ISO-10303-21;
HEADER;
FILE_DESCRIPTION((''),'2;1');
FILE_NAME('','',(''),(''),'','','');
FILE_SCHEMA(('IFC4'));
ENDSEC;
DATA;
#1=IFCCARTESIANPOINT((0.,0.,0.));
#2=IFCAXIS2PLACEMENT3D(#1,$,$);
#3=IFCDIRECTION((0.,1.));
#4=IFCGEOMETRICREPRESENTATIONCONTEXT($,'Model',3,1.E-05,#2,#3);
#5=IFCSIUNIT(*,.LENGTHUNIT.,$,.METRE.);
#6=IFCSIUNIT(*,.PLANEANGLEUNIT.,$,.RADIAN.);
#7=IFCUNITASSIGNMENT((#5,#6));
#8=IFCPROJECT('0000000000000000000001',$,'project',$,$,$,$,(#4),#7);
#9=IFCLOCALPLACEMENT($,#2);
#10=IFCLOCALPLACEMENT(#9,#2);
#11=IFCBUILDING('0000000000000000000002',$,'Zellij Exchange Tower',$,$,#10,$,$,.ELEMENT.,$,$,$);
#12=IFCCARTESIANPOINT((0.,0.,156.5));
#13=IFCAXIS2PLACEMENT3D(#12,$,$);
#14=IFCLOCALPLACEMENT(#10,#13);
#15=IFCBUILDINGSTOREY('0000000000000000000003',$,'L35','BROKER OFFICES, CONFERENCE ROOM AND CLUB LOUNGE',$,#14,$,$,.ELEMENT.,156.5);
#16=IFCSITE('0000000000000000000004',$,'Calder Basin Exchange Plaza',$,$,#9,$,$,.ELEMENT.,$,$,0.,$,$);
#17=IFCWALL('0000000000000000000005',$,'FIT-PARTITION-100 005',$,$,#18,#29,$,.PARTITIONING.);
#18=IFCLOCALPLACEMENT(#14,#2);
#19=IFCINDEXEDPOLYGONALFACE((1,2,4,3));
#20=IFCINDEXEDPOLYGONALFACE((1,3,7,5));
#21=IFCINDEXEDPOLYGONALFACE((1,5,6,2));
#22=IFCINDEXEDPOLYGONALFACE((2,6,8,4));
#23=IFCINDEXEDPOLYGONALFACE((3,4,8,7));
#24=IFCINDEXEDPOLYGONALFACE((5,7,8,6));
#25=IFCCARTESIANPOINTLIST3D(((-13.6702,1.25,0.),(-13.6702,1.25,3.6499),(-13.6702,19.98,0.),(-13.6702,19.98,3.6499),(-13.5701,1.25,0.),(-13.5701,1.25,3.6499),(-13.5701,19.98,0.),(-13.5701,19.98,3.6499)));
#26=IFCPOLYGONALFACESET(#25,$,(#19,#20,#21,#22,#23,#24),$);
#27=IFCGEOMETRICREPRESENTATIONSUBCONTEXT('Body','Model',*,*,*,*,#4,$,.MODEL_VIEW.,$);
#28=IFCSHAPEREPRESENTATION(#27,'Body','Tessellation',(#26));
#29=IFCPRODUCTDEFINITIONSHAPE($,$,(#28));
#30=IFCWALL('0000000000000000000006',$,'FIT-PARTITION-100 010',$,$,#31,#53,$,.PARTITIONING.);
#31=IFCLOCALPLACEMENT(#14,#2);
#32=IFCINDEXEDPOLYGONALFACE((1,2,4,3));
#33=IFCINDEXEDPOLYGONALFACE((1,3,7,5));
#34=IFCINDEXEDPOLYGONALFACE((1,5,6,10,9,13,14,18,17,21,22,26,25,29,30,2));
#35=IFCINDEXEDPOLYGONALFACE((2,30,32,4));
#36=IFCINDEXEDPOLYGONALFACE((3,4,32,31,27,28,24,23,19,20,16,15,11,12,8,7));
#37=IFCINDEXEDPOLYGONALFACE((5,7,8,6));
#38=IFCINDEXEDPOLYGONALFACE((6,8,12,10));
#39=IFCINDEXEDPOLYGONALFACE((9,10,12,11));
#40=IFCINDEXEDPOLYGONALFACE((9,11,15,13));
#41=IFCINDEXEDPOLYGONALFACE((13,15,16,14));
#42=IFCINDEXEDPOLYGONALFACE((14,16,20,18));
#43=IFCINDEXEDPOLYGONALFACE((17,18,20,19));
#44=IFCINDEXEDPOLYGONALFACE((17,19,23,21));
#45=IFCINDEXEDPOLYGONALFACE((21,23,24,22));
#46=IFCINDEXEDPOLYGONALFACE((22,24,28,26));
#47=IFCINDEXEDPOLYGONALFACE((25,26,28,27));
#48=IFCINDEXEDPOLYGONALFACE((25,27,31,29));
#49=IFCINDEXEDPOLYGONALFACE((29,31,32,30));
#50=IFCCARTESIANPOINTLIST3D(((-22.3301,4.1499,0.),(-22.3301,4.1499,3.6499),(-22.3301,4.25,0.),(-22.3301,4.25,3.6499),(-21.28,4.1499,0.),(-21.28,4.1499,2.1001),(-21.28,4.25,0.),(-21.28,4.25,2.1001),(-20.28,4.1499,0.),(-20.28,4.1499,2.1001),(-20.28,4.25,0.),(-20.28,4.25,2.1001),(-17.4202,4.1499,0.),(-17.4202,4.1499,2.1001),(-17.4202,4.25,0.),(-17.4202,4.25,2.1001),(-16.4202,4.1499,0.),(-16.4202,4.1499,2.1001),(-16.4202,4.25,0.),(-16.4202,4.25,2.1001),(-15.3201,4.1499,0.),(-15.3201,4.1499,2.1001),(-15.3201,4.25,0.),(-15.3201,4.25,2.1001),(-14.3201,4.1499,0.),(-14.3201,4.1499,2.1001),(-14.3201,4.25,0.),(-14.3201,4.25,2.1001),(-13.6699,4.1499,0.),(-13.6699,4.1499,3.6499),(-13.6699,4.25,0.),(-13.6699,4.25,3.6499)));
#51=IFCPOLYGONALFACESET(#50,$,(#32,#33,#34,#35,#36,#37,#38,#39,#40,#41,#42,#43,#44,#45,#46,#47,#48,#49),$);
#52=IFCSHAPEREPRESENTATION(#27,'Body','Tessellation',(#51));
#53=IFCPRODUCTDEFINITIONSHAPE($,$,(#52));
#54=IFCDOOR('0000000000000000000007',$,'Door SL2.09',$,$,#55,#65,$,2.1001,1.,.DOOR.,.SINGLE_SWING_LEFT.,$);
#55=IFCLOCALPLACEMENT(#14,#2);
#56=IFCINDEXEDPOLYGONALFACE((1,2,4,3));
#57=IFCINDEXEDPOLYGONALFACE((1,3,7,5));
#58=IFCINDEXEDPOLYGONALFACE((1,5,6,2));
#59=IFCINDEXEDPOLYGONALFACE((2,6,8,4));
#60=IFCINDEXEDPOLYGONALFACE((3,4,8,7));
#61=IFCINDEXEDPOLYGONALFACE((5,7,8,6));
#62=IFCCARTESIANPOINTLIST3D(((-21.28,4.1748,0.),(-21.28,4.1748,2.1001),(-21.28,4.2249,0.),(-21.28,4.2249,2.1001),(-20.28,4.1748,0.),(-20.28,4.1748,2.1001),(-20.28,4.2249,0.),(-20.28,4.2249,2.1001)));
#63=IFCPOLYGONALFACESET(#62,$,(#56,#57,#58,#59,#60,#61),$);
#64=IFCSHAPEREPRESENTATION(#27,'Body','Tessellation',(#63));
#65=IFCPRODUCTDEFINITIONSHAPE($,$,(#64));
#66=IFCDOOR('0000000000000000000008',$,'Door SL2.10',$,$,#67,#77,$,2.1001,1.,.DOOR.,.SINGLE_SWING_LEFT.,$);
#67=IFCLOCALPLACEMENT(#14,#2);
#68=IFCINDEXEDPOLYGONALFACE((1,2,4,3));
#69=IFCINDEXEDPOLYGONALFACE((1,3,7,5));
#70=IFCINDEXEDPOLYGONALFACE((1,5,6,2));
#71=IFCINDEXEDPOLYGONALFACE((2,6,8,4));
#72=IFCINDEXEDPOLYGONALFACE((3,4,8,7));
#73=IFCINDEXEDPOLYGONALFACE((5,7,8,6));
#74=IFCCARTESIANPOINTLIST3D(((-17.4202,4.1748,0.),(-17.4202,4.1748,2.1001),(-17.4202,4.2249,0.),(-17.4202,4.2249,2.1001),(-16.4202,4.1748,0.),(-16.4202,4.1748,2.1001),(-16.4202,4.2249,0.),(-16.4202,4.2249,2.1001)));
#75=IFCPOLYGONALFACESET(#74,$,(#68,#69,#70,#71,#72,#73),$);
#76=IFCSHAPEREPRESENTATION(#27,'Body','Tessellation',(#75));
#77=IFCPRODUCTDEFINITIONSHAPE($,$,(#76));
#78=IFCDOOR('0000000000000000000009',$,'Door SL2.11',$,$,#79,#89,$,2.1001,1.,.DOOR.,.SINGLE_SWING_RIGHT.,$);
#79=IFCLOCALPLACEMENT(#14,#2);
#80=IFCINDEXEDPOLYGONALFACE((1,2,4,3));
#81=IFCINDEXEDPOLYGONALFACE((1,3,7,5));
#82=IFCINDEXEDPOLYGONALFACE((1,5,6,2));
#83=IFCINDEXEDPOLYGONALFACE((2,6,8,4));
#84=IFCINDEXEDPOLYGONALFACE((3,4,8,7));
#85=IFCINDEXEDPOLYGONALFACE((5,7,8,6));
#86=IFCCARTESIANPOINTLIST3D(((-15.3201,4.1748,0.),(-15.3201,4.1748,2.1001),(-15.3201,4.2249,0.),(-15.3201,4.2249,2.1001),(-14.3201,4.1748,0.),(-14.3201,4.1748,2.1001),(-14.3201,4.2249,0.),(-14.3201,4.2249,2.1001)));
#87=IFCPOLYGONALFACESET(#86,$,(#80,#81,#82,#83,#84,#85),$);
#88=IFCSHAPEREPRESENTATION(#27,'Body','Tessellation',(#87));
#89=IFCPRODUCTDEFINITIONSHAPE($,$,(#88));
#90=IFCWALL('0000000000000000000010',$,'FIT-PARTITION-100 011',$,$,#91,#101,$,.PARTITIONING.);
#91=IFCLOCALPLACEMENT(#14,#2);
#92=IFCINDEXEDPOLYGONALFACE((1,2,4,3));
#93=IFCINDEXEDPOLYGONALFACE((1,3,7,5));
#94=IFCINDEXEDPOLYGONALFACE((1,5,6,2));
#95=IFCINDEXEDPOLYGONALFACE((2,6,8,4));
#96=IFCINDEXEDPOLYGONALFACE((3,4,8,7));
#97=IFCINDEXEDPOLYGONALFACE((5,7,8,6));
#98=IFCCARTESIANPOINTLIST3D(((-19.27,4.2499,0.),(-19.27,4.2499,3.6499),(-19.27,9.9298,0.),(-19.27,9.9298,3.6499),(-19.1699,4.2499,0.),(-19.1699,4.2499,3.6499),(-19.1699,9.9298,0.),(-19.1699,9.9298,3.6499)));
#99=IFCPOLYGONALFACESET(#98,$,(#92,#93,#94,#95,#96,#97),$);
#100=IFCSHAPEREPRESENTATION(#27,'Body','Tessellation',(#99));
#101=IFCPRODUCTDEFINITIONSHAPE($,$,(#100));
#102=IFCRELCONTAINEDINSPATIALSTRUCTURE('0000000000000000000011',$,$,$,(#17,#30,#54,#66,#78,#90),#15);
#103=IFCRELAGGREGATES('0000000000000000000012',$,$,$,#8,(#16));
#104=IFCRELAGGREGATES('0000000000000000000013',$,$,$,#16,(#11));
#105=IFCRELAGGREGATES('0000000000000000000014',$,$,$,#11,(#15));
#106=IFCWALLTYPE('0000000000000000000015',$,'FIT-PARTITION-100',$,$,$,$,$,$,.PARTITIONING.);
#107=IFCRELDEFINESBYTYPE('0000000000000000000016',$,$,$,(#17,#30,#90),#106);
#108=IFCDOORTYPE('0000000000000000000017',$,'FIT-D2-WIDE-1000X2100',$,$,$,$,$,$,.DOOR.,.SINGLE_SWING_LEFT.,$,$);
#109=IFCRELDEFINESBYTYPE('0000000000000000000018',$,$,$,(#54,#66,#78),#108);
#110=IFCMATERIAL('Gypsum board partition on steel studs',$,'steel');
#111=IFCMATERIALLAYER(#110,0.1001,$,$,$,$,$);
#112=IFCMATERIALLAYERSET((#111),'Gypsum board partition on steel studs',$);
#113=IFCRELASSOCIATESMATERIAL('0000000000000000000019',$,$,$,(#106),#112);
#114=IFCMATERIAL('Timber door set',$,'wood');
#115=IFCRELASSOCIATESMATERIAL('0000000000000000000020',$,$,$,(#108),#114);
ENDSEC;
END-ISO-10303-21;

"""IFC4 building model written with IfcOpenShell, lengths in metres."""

from ifc_helpers import new_model, si_unit, direction, frame, frame_2d, origin, place, context, subcontext, project, spatial, rectangle, extrude, material, layer, layer_set, type_object, element, fill, save


model = new_model("IFC4")

# Units and contexts
model_context = context("Model", 3, precision=1e-05, world=origin(), true_north=direction((0.0, 1.0)))
body_context = subcontext(model_context, "Body", "Model", "MODEL_VIEW")
ifc_project = project(units=[si_unit("LENGTHUNIT", "METRE"), si_unit("PLANEANGLEUNIT", "RADIAN")], contexts=[model_context])

# Site, building, storey
site_placement = place(None, origin())
site = spatial("IfcSite", under=ifc_project, at=site_placement, Name="Calder Basin Exchange Plaza", CompositionType="ELEMENT", RefElevation=0.0)
building_placement = place(site_placement, origin())
building = spatial("IfcBuilding", under=site, at=building_placement, Name="Zellij Exchange Tower", CompositionType="ELEMENT")
storey_placement = place(building_placement, frame((0.0, 0.0, 156.5)))
storey = spatial("IfcBuildingStorey", under=building, at=storey_placement, Name="L35", Description="BROKER OFFICES, CONFERENCE ROOM AND CLUB LOUNGE", CompositionType="ELEMENT", Elevation=156.5)

# Shared definitions
ifc_material_1 = material(Name="Gypsum board partition on steel studs", Category="steel")
ifc_layer_1 = layer(ifc_material_1, 0.1001)
ifc_layer_set_1 = layer_set([ifc_layer_1], Name="Gypsum board partition on steel studs")
wall_type_1 = type_object("IfcWallType", Name="FIT-PARTITION-100", PredefinedType="PARTITIONING", material=ifc_layer_set_1)
ifc_material_2 = material(Name="Timber door set", Category="wood")
door_type_1 = type_object("IfcDoorType", Name="FIT-D2-WIDE-1000X2100", OperationType="SINGLE_SWING_LEFT", PredefinedType="DOOR", material=ifc_material_2)

# Wall
wall_1_placement = place(storey_placement, frame((-13.6201, 1.25, 0.0), z_axis=(0.0, 0.0, 1.0), x_axis=(0.0, 1.0, 0.0)))
element("IfcWall", 1, at=wall_1_placement, inside=storey, type_object=wall_type_1, Name="FIT-PARTITION-100 005", PredefinedType="PARTITIONING", context=body_context, shape_type="SweptSolid", body=[
    extrude(rectangle(XDim=18.73, YDim=0.1001, at=frame_2d((9.365, 0.0))), origin(), (0.0, 0.0, 1.0), 3.6499),
])

# Wall, openings, doors
wall_2_placement = place(storey_placement, frame((-22.3301, 4.2, 0.0), z_axis=(0.0, 0.0, 1.0), x_axis=(1.0, 0.0, 0.0)))
wall_2 = element("IfcWall", 2, at=wall_2_placement, inside=storey, type_object=wall_type_1, Name="FIT-PARTITION-100 010", PredefinedType="PARTITIONING", context=body_context, shape_type="SweptSolid", body=[
    extrude(rectangle(XDim=8.6602, YDim=0.1001, at=frame_2d((4.3301, 0.0))), origin(), (0.0, 0.0, 1.0), 3.6499),
])
opening_1_placement = place(wall_2_placement, frame((1.05, 0.0, 0.0)))
opening_1 = element("IfcOpeningElement", 3, at=opening_1_placement, cuts=wall_2, PredefinedType="OPENING", context=body_context, shape_type="SweptSolid", body=[
    extrude(rectangle(XDim=1.0, YDim=2.1001, at=frame_2d((0.5, 1.05))), frame((0.0, 0.062, 0.0), z_axis=(0.0, -1.0, 0.0), x_axis=(1.0, 0.0, 0.0)), (0.0, 0.0, 1.0), 0.124),
])
opening_2_placement = place(wall_2_placement, frame((4.9099, 0.0, 0.0)))
opening_2 = element("IfcOpeningElement", 4, at=opening_2_placement, cuts=wall_2, PredefinedType="OPENING", context=body_context, shape_type="SweptSolid", body=[
    extrude(rectangle(XDim=1.0, YDim=2.1001, at=frame_2d((0.5, 1.05))), frame((0.0, 0.062, 0.0), z_axis=(0.0, -1.0, 0.0), x_axis=(1.0, 0.0, 0.0)), (0.0, 0.0, 1.0), 0.124),
])
opening_3_placement = place(wall_2_placement, frame((7.01, 0.0, 0.0)))
opening_3 = element("IfcOpeningElement", 5, at=opening_3_placement, cuts=wall_2, PredefinedType="OPENING", context=body_context, shape_type="SweptSolid", body=[
    extrude(rectangle(XDim=1.0, YDim=2.1001, at=frame_2d((0.5, 1.05))), frame((0.0, 0.062, 0.0), z_axis=(0.0, -1.0, 0.0), x_axis=(1.0, 0.0, 0.0)), (0.0, 0.0, 1.0), 0.124),
])
door_1_placement = place(opening_1_placement, origin())
door_1 = element("IfcDoor", 6, at=door_1_placement, inside=storey, type_object=door_type_1, Name="Door SL2.09", OperationType="SINGLE_SWING_LEFT", OverallHeight=2.1001, OverallWidth=1.0, PredefinedType="DOOR", context=body_context, shape_type="SweptSolid", body=[
    extrude(rectangle(XDim=1.0, YDim=2.1001, at=frame_2d((0.5, 1.05))), frame((0.0, 0.0249, 0.0), z_axis=(0.0, -1.0, 0.0), x_axis=(1.0, 0.0, 0.0)), (0.0, 0.0, 1.0), 0.05),
])
fill(opening_1, door_1)
door_2_placement = place(opening_2_placement, origin())
door_2 = element("IfcDoor", 7, at=door_2_placement, inside=storey, type_object=door_type_1, Name="Door SL2.10", OperationType="SINGLE_SWING_LEFT", OverallHeight=2.1001, OverallWidth=1.0, PredefinedType="DOOR", context=body_context, shape_type="SweptSolid", body=[
    extrude(rectangle(XDim=1.0, YDim=2.1001, at=frame_2d((0.5, 1.05))), frame((0.0, 0.0249, 0.0), z_axis=(0.0, -1.0, 0.0), x_axis=(1.0, 0.0, 0.0)), (0.0, 0.0, 1.0), 0.05),
])
fill(opening_2, door_2)
door_3_placement = place(opening_3_placement, origin())
door_3 = element("IfcDoor", 8, at=door_3_placement, inside=storey, type_object=door_type_1, Name="Door SL2.11", OperationType="SINGLE_SWING_RIGHT", OverallHeight=2.1001, OverallWidth=1.0, PredefinedType="DOOR", context=body_context, shape_type="SweptSolid", body=[
    extrude(rectangle(XDim=1.0, YDim=2.1001, at=frame_2d((0.5, 1.05))), frame((0.0, 0.0249, 0.0), z_axis=(0.0, -1.0, 0.0), x_axis=(1.0, 0.0, 0.0)), (0.0, 0.0, 1.0), 0.05),
])
fill(opening_3, door_3)

# Wall
wall_3_placement = place(storey_placement, frame((-19.22, 4.25, 0.0), z_axis=(0.0, 0.0, 1.0), x_axis=(0.0, 1.0, 0.0)))
element("IfcWall", 9, at=wall_3_placement, inside=storey, type_object=wall_type_1, Name="FIT-PARTITION-100 011", PredefinedType="PARTITIONING", context=body_context, shape_type="SweptSolid", body=[
    extrude(rectangle(XDim=5.6799, YDim=0.1001, at=frame_2d((2.8398, 0.0))), origin(), (0.0, 0.0, 1.0), 3.6499),
])

save(model, "model.ifc")
